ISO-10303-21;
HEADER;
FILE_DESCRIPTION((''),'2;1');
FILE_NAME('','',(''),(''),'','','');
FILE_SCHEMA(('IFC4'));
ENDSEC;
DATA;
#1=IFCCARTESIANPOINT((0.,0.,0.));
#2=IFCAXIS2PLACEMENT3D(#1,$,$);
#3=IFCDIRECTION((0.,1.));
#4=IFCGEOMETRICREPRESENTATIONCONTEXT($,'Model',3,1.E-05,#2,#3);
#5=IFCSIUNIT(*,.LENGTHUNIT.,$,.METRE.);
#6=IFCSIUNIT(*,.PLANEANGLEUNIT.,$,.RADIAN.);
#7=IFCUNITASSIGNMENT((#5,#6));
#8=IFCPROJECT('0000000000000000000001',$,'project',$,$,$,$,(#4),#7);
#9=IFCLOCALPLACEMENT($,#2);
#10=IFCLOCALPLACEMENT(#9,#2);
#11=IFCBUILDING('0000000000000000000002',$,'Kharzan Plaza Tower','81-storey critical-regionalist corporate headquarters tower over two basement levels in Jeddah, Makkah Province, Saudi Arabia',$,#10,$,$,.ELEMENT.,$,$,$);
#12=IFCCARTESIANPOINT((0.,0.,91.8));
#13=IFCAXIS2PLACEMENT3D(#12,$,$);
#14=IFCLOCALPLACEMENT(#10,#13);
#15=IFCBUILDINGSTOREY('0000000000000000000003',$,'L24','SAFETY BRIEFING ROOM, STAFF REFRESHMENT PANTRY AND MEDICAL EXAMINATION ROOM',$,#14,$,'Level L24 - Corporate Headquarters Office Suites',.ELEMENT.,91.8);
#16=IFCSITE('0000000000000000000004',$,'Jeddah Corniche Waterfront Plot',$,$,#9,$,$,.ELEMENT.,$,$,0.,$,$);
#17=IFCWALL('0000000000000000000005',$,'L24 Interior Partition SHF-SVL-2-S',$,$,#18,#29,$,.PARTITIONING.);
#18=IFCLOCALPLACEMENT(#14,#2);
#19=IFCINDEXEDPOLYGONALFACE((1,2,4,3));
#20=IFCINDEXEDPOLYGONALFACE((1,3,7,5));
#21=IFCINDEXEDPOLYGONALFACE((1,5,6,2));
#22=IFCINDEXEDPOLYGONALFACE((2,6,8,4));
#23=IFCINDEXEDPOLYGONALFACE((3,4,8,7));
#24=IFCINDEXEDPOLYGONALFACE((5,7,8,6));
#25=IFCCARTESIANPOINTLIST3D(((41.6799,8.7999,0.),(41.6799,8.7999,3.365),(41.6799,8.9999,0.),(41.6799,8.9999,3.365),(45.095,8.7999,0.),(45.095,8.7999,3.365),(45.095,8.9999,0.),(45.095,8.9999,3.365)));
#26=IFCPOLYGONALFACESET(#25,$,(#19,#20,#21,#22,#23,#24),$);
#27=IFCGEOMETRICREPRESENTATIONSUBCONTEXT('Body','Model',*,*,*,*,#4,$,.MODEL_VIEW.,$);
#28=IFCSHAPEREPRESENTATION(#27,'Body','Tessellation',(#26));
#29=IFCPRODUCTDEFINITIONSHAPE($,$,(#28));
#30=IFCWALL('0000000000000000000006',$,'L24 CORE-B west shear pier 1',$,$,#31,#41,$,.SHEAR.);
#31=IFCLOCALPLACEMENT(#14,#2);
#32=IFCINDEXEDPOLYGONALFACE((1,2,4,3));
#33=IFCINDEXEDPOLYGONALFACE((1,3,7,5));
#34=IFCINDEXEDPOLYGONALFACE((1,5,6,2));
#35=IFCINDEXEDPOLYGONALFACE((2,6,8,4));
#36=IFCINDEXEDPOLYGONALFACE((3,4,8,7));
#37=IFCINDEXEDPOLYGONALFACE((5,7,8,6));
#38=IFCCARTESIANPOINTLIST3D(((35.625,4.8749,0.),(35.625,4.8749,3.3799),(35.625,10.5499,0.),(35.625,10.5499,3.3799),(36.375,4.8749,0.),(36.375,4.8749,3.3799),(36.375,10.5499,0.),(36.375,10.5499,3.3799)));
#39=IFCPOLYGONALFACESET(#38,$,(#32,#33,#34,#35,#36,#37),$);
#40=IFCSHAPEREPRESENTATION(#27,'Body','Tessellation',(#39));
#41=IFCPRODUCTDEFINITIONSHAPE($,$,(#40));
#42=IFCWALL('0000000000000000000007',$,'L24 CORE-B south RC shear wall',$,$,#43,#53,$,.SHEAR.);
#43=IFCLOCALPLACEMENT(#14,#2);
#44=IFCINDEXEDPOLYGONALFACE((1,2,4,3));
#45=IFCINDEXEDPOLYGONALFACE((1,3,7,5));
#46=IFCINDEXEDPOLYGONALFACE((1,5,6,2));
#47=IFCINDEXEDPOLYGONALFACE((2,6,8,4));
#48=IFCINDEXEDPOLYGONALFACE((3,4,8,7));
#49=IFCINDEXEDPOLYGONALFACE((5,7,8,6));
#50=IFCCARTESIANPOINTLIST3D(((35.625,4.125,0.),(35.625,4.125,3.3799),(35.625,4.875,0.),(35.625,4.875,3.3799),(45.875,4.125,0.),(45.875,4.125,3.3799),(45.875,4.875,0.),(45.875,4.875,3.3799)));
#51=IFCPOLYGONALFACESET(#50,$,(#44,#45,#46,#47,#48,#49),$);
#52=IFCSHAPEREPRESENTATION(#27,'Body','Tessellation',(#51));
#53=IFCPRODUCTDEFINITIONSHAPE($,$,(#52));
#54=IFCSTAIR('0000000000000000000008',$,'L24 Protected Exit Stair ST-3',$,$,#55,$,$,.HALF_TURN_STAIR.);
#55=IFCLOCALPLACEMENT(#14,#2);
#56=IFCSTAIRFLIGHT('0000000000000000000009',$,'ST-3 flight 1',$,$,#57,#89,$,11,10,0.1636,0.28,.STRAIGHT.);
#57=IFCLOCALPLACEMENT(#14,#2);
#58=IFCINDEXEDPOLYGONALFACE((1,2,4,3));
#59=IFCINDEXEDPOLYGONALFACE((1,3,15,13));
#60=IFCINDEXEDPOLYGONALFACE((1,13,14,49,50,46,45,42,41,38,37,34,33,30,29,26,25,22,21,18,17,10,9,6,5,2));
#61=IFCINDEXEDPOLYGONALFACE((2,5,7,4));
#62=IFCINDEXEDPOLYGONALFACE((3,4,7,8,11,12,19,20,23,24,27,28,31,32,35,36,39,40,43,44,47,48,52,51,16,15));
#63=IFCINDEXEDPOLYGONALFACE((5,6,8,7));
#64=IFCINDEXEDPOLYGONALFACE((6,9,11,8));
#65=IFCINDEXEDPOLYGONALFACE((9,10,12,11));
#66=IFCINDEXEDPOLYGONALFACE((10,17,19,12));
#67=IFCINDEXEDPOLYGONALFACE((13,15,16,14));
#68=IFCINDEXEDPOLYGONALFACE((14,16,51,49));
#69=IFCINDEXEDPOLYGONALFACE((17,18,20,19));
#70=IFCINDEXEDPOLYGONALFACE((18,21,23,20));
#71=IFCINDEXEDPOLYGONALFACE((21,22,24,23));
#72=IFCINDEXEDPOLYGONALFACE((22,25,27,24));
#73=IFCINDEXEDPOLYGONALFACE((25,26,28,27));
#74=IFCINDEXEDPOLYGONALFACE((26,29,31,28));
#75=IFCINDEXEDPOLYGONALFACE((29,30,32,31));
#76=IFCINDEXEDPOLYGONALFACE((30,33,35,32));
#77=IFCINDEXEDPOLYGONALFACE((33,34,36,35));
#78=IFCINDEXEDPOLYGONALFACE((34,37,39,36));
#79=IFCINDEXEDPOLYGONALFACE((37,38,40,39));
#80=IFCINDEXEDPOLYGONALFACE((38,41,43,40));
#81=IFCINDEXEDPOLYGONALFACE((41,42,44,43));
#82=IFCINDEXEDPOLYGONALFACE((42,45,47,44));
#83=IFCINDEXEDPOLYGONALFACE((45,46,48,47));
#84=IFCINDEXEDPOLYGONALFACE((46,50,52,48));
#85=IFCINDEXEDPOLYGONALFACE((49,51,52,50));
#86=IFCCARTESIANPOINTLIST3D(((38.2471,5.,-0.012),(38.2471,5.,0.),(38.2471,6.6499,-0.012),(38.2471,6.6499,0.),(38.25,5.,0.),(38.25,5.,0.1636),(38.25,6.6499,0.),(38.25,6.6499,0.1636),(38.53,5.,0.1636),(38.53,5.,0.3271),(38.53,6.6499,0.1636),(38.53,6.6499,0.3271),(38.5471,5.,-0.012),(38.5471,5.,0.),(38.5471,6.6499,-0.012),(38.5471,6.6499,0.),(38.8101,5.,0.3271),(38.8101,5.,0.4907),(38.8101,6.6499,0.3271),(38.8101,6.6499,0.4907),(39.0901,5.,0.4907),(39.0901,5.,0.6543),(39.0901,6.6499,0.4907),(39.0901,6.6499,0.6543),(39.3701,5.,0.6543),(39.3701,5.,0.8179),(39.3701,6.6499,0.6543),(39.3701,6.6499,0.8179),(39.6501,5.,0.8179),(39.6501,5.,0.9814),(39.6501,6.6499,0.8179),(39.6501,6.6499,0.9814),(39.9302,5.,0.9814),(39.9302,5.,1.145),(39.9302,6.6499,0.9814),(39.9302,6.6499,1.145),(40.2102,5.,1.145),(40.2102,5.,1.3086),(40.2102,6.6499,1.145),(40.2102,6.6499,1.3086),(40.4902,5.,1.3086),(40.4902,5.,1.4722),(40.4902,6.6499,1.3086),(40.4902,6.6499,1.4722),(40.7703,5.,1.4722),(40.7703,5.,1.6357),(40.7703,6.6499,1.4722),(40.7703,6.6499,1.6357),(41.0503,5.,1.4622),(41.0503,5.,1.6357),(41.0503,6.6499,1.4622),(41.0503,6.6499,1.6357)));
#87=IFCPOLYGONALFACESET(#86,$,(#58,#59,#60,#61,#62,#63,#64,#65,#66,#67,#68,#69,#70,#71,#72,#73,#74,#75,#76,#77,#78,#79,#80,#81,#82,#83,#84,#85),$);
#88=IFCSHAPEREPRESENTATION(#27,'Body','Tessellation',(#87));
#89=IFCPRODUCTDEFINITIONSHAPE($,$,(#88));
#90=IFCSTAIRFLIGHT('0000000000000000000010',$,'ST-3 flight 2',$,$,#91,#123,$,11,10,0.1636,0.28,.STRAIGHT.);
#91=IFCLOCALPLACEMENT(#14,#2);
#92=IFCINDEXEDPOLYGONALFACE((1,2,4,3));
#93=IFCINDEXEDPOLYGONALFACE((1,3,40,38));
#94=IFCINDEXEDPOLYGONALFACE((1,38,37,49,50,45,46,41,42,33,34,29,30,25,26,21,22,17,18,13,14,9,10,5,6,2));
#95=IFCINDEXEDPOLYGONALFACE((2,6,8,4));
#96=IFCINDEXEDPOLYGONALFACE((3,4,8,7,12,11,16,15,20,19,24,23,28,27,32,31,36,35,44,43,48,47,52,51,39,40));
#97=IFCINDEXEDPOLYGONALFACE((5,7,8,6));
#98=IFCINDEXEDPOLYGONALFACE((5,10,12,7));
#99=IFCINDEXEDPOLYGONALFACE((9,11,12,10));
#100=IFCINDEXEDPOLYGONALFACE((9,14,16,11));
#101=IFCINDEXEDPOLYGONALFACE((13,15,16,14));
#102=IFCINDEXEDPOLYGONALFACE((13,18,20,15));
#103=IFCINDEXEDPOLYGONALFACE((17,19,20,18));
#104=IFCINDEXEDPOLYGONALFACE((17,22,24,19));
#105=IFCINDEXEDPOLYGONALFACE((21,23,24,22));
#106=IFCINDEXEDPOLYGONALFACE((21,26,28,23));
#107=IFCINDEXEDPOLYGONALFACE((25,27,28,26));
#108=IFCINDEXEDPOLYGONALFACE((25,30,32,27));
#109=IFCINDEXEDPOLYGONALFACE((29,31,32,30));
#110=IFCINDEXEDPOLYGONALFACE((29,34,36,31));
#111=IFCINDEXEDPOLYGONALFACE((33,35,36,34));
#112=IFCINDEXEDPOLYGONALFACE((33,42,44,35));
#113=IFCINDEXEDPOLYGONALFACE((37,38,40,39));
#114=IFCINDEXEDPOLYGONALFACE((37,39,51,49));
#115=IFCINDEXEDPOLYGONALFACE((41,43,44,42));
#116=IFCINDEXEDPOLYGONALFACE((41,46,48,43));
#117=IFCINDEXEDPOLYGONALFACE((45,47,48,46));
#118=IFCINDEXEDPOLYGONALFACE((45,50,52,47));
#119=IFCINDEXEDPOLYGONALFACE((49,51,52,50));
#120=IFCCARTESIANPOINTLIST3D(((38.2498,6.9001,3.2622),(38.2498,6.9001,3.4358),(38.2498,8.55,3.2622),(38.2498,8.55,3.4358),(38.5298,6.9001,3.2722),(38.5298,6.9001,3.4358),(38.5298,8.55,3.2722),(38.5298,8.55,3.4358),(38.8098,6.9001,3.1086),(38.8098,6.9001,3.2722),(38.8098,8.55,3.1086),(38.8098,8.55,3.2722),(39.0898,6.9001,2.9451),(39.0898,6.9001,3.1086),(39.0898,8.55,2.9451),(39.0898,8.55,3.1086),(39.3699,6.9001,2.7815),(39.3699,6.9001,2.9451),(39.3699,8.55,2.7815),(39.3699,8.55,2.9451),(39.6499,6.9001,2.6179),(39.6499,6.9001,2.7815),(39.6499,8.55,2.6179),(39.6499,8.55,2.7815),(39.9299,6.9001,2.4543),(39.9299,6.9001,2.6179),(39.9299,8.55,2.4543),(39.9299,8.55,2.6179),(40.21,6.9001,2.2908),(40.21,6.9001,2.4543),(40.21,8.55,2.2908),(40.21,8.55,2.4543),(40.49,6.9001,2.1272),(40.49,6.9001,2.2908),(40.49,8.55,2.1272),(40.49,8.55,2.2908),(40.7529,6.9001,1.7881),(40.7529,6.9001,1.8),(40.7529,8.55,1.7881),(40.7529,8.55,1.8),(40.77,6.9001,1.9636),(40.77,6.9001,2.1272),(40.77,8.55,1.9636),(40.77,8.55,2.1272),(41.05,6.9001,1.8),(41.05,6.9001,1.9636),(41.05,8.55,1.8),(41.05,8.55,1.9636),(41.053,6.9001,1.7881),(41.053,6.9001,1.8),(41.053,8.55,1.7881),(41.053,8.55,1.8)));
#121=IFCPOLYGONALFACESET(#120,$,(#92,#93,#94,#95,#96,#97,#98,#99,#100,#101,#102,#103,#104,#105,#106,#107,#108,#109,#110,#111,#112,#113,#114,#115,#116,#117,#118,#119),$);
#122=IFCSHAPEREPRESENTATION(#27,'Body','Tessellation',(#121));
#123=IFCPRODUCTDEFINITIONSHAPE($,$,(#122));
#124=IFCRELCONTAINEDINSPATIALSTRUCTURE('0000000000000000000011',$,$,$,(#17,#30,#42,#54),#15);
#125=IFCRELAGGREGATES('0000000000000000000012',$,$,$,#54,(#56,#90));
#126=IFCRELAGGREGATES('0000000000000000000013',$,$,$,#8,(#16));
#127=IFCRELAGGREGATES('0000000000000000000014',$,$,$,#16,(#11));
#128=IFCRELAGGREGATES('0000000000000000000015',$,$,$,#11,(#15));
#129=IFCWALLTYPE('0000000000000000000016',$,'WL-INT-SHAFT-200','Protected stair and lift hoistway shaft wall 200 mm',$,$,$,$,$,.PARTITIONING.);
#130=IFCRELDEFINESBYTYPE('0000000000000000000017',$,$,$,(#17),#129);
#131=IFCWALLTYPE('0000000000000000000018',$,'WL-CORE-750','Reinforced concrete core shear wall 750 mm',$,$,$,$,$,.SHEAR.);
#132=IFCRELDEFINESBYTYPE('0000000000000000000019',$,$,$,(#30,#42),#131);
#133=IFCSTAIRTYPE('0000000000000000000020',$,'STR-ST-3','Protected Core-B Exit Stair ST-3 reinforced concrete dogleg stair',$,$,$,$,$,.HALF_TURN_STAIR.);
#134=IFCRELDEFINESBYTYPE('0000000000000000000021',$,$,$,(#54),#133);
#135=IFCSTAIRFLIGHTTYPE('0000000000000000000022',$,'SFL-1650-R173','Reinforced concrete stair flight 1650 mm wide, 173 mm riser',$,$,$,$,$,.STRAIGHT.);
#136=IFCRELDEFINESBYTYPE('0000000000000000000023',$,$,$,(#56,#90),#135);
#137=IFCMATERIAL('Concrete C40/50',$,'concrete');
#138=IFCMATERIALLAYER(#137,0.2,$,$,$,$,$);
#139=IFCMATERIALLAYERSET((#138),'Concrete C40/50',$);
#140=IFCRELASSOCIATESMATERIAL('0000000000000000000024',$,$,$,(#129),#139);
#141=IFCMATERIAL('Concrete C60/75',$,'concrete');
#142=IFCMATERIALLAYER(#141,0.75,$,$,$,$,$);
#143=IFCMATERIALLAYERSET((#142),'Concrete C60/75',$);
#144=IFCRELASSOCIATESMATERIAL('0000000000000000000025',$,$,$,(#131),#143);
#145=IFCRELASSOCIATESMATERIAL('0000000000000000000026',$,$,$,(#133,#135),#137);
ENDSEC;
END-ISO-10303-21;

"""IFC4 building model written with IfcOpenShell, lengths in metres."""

from ifc_helpers import new_model, si_unit, direction, frame, frame_2d, origin, place, context, subcontext, project, spatial, polyline, rectangle, outline, extrude, source, transform, mapped, material, layer, layer_set, type_object, element, aggregate, save


model = new_model("IFC4")

# Units and contexts
model_context = context("Model", 3, precision=1e-05, world=origin(), true_north=direction((0.0, 1.0)))
body_context = subcontext(model_context, "Body", "Model", "MODEL_VIEW")
ifc_project = project(units=[si_unit("LENGTHUNIT", "METRE"), si_unit("PLANEANGLEUNIT", "RADIAN")], contexts=[model_context])

# Site, building, storey
site_placement = place(None, origin())
site = spatial("IfcSite", under=ifc_project, at=site_placement, Name="Jeddah Corniche Waterfront Plot", CompositionType="ELEMENT", RefElevation=0.0)
building_placement = place(site_placement, origin())
building = spatial("IfcBuilding", under=site, at=building_placement, Name="Kharzan Plaza Tower", Description="81-storey critical-regionalist corporate headquarters tower over two basement levels in Jeddah, Makkah Province, Saudi Arabia", CompositionType="ELEMENT")
storey_placement = place(building_placement, frame((0.0, 0.0, 91.8)))
storey = spatial("IfcBuildingStorey", under=building, at=storey_placement, Name="L24", Description="SAFETY BRIEFING ROOM, STAFF REFRESHMENT PANTRY AND MEDICAL EXAMINATION ROOM", LongName="Level L24 - Corporate Headquarters Office Suites", CompositionType="ELEMENT", Elevation=91.8)

# Shared definitions
ifc_material_1 = material(Name="Concrete C60/75", Category="concrete")

# Shared definitions
ifc_material_2 = material(Name="Concrete C40/50", Category="concrete")

# Shared definitions
ifc_layer_1 = layer(ifc_material_2, 0.2)
ifc_layer_set_1 = layer_set([ifc_layer_1], Name="Concrete C40/50")
wall_type_1 = type_object("IfcWallType", Name="WL-INT-SHAFT-200", Description="Protected stair and lift hoistway shaft wall 200 mm", PredefinedType="PARTITIONING", material=ifc_layer_set_1)

# Walls
shared_shape_1 = source(origin(), body_context, "Body", "SweptSolid", [
    extrude(rectangle(XDim=3.415, YDim=0.2, at=frame_2d((1.7075, 0.0))), origin(), (0.0, 0.0, 1.0), 3.365),
])
wall_1_placement = place(storey_placement, frame((41.6799, 8.8999, 0.0), z_axis=(0.0, 0.0, 1.0), x_axis=(1.0, 0.0, 0.0)))
element("IfcWall", 1, at=wall_1_placement, inside=storey, type_object=wall_type_1, Name="L24 Interior Partition SHF-SVL-2-S", PredefinedType="PARTITIONING", context=body_context, shape_type="MappedRepresentation", body=[
    mapped(shared_shape_1, transform((0.0, 0.0, 0.0), x_axis=(1.0, 0.0, 0.0), y_axis=(0.0, 1.0, 0.0), z_axis=(0.0, 0.0, 1.0))),
])
ifc_layer_2 = layer(ifc_material_1, 0.75)
ifc_layer_set_2 = layer_set([ifc_layer_2], Name="Concrete C60/75")
wall_type_2 = type_object("IfcWallType", Name="WL-CORE-750", Description="Reinforced concrete core shear wall 750 mm", PredefinedType="SHEAR", material=ifc_layer_set_2)
shared_shape_2 = source(origin(), body_context, "Body", "SweptSolid", [
    extrude(rectangle(XDim=5.675, YDim=0.75, at=frame_2d((2.8374, 0.0))), origin(), (0.0, 0.0, 1.0), 3.3799),
])
wall_2_placement = place(storey_placement, frame((36.0, 4.875, 0.0), z_axis=(0.0, 0.0, 1.0), x_axis=(0.0, 1.0, 0.0)))
element("IfcWall", 2, at=wall_2_placement, inside=storey, type_object=wall_type_2, Name="L24 CORE-B west shear pier 1", PredefinedType="SHEAR", context=body_context, shape_type="MappedRepresentation", body=[
    mapped(shared_shape_2, transform((0.0, 0.0, 0.0), x_axis=(1.0, 0.0, 0.0), y_axis=(0.0, 1.0, 0.0), z_axis=(0.0, 0.0, 1.0))),
])
shared_shape_3 = source(origin(), body_context, "Body", "SweptSolid", [
    extrude(rectangle(XDim=10.25, YDim=0.75, at=frame_2d((5.125, 0.0))), origin(), (0.0, 0.0, 1.0), 3.3799),
])
wall_3_placement = place(storey_placement, frame((35.625, 4.5, 0.0), z_axis=(0.0, 0.0, 1.0), x_axis=(1.0, 0.0, 0.0)))
element("IfcWall", 3, at=wall_3_placement, inside=storey, type_object=wall_type_2, Name="L24 CORE-B south RC shear wall", PredefinedType="SHEAR", context=body_context, shape_type="MappedRepresentation", body=[
    mapped(shared_shape_3, transform((0.0, 0.0, 0.0), x_axis=(1.0, 0.0, 0.0), y_axis=(0.0, 1.0, 0.0), z_axis=(0.0, 0.0, 1.0))),
])

# Stair, stair flights
stair_type = type_object("IfcStairType", Name="STR-ST-3", Description="Protected Core-B Exit Stair ST-3 reinforced concrete dogleg stair", PredefinedType="HALF_TURN_STAIR", material=ifc_material_2)
stair_placement = place(storey_placement, origin())
stair = element("IfcStair", 4, at=stair_placement, inside=storey, type_object=stair_type, Name="L24 Protected Exit Stair ST-3", PredefinedType="HALF_TURN_STAIR")
stair_flight_type = type_object("IfcStairFlightType", Name="SFL-1650-R173", Description="Reinforced concrete stair flight 1650 mm wide, 173 mm riser", PredefinedType="STRAIGHT", material=ifc_material_2)
shared_shape_4 = source(origin(), body_context, "Body", "SweptSolid", [
    extrude(outline(polyline([(-0.0029, -0.012), (-0.0029, 0.0), (0.0, 0.0), (0.0, 0.1636), (0.28, 0.1636), (0.28, 0.3271), (0.5601, 0.3271), (0.5601, 0.4907), (0.8401, 0.4907), (0.8401, 0.6543), (1.1201, 0.6543), (1.1201, 0.8179), (1.4001, 0.8179), (1.4001, 0.9814), (1.6802, 0.9814), (1.6802, 1.145), (1.9602, 1.145), (1.9602, 1.3086), (2.2402, 1.3086), (2.2402, 1.4722), (2.5203, 1.4722), (2.5203, 1.6357), (2.8003, 1.6357), (2.8003, 1.7993), (2.8003, 1.4622), (0.2971, 0.0), (0.2971, -0.012), (-0.0029, -0.012)])), frame((0.0, 0.825, 0.0), z_axis=(0.0, -1.0, 0.0), x_axis=(1.0, 0.0, 0.0)), (0.0, 0.0, 1.0), 1.6499),
])
stair_flight_1_placement = place(storey_placement, frame((38.25, 5.825, 0.0), z_axis=(0.0, 0.0, 1.0), x_axis=(1.0, 0.0, 0.0)))
stair_flight_1 = element("IfcStairFlight", 5, at=stair_flight_1_placement, type_object=stair_flight_type, Name="ST-3 flight 1", NumberOfRisers=11, NumberOfTreads=10, PredefinedType="STRAIGHT", RiserHeight=0.1636, TreadLength=0.28, context=body_context, shape_type="MappedRepresentation", body=[
    mapped(shared_shape_4, transform((0.0, 0.0, 0.0), x_axis=(1.0, 0.0, 0.0), y_axis=(0.0, 1.0, 0.0), z_axis=(0.0, 0.0, 1.0))),
])
stair_flight_2_placement = place(storey_placement, frame((41.05, 7.7251, 1.8), z_axis=(0.0, 0.0, 1.0), x_axis=(-1.0, 0.0, 0.0)))
stair_flight_2 = element("IfcStairFlight", 6, at=stair_flight_2_placement, type_object=stair_flight_type, Name="ST-3 flight 2", NumberOfRisers=11, NumberOfTreads=10, PredefinedType="STRAIGHT", RiserHeight=0.1636, TreadLength=0.28, context=body_context, shape_type="MappedRepresentation", body=[
    mapped(shared_shape_4, transform((0.0, 0.0, 0.0), x_axis=(1.0, 0.0, 0.0), y_axis=(0.0, 1.0, 0.0), z_axis=(0.0, 0.0, 1.0))),
])
aggregate(stair, [stair_flight_1, stair_flight_2])

save(model, "model.ifc")
